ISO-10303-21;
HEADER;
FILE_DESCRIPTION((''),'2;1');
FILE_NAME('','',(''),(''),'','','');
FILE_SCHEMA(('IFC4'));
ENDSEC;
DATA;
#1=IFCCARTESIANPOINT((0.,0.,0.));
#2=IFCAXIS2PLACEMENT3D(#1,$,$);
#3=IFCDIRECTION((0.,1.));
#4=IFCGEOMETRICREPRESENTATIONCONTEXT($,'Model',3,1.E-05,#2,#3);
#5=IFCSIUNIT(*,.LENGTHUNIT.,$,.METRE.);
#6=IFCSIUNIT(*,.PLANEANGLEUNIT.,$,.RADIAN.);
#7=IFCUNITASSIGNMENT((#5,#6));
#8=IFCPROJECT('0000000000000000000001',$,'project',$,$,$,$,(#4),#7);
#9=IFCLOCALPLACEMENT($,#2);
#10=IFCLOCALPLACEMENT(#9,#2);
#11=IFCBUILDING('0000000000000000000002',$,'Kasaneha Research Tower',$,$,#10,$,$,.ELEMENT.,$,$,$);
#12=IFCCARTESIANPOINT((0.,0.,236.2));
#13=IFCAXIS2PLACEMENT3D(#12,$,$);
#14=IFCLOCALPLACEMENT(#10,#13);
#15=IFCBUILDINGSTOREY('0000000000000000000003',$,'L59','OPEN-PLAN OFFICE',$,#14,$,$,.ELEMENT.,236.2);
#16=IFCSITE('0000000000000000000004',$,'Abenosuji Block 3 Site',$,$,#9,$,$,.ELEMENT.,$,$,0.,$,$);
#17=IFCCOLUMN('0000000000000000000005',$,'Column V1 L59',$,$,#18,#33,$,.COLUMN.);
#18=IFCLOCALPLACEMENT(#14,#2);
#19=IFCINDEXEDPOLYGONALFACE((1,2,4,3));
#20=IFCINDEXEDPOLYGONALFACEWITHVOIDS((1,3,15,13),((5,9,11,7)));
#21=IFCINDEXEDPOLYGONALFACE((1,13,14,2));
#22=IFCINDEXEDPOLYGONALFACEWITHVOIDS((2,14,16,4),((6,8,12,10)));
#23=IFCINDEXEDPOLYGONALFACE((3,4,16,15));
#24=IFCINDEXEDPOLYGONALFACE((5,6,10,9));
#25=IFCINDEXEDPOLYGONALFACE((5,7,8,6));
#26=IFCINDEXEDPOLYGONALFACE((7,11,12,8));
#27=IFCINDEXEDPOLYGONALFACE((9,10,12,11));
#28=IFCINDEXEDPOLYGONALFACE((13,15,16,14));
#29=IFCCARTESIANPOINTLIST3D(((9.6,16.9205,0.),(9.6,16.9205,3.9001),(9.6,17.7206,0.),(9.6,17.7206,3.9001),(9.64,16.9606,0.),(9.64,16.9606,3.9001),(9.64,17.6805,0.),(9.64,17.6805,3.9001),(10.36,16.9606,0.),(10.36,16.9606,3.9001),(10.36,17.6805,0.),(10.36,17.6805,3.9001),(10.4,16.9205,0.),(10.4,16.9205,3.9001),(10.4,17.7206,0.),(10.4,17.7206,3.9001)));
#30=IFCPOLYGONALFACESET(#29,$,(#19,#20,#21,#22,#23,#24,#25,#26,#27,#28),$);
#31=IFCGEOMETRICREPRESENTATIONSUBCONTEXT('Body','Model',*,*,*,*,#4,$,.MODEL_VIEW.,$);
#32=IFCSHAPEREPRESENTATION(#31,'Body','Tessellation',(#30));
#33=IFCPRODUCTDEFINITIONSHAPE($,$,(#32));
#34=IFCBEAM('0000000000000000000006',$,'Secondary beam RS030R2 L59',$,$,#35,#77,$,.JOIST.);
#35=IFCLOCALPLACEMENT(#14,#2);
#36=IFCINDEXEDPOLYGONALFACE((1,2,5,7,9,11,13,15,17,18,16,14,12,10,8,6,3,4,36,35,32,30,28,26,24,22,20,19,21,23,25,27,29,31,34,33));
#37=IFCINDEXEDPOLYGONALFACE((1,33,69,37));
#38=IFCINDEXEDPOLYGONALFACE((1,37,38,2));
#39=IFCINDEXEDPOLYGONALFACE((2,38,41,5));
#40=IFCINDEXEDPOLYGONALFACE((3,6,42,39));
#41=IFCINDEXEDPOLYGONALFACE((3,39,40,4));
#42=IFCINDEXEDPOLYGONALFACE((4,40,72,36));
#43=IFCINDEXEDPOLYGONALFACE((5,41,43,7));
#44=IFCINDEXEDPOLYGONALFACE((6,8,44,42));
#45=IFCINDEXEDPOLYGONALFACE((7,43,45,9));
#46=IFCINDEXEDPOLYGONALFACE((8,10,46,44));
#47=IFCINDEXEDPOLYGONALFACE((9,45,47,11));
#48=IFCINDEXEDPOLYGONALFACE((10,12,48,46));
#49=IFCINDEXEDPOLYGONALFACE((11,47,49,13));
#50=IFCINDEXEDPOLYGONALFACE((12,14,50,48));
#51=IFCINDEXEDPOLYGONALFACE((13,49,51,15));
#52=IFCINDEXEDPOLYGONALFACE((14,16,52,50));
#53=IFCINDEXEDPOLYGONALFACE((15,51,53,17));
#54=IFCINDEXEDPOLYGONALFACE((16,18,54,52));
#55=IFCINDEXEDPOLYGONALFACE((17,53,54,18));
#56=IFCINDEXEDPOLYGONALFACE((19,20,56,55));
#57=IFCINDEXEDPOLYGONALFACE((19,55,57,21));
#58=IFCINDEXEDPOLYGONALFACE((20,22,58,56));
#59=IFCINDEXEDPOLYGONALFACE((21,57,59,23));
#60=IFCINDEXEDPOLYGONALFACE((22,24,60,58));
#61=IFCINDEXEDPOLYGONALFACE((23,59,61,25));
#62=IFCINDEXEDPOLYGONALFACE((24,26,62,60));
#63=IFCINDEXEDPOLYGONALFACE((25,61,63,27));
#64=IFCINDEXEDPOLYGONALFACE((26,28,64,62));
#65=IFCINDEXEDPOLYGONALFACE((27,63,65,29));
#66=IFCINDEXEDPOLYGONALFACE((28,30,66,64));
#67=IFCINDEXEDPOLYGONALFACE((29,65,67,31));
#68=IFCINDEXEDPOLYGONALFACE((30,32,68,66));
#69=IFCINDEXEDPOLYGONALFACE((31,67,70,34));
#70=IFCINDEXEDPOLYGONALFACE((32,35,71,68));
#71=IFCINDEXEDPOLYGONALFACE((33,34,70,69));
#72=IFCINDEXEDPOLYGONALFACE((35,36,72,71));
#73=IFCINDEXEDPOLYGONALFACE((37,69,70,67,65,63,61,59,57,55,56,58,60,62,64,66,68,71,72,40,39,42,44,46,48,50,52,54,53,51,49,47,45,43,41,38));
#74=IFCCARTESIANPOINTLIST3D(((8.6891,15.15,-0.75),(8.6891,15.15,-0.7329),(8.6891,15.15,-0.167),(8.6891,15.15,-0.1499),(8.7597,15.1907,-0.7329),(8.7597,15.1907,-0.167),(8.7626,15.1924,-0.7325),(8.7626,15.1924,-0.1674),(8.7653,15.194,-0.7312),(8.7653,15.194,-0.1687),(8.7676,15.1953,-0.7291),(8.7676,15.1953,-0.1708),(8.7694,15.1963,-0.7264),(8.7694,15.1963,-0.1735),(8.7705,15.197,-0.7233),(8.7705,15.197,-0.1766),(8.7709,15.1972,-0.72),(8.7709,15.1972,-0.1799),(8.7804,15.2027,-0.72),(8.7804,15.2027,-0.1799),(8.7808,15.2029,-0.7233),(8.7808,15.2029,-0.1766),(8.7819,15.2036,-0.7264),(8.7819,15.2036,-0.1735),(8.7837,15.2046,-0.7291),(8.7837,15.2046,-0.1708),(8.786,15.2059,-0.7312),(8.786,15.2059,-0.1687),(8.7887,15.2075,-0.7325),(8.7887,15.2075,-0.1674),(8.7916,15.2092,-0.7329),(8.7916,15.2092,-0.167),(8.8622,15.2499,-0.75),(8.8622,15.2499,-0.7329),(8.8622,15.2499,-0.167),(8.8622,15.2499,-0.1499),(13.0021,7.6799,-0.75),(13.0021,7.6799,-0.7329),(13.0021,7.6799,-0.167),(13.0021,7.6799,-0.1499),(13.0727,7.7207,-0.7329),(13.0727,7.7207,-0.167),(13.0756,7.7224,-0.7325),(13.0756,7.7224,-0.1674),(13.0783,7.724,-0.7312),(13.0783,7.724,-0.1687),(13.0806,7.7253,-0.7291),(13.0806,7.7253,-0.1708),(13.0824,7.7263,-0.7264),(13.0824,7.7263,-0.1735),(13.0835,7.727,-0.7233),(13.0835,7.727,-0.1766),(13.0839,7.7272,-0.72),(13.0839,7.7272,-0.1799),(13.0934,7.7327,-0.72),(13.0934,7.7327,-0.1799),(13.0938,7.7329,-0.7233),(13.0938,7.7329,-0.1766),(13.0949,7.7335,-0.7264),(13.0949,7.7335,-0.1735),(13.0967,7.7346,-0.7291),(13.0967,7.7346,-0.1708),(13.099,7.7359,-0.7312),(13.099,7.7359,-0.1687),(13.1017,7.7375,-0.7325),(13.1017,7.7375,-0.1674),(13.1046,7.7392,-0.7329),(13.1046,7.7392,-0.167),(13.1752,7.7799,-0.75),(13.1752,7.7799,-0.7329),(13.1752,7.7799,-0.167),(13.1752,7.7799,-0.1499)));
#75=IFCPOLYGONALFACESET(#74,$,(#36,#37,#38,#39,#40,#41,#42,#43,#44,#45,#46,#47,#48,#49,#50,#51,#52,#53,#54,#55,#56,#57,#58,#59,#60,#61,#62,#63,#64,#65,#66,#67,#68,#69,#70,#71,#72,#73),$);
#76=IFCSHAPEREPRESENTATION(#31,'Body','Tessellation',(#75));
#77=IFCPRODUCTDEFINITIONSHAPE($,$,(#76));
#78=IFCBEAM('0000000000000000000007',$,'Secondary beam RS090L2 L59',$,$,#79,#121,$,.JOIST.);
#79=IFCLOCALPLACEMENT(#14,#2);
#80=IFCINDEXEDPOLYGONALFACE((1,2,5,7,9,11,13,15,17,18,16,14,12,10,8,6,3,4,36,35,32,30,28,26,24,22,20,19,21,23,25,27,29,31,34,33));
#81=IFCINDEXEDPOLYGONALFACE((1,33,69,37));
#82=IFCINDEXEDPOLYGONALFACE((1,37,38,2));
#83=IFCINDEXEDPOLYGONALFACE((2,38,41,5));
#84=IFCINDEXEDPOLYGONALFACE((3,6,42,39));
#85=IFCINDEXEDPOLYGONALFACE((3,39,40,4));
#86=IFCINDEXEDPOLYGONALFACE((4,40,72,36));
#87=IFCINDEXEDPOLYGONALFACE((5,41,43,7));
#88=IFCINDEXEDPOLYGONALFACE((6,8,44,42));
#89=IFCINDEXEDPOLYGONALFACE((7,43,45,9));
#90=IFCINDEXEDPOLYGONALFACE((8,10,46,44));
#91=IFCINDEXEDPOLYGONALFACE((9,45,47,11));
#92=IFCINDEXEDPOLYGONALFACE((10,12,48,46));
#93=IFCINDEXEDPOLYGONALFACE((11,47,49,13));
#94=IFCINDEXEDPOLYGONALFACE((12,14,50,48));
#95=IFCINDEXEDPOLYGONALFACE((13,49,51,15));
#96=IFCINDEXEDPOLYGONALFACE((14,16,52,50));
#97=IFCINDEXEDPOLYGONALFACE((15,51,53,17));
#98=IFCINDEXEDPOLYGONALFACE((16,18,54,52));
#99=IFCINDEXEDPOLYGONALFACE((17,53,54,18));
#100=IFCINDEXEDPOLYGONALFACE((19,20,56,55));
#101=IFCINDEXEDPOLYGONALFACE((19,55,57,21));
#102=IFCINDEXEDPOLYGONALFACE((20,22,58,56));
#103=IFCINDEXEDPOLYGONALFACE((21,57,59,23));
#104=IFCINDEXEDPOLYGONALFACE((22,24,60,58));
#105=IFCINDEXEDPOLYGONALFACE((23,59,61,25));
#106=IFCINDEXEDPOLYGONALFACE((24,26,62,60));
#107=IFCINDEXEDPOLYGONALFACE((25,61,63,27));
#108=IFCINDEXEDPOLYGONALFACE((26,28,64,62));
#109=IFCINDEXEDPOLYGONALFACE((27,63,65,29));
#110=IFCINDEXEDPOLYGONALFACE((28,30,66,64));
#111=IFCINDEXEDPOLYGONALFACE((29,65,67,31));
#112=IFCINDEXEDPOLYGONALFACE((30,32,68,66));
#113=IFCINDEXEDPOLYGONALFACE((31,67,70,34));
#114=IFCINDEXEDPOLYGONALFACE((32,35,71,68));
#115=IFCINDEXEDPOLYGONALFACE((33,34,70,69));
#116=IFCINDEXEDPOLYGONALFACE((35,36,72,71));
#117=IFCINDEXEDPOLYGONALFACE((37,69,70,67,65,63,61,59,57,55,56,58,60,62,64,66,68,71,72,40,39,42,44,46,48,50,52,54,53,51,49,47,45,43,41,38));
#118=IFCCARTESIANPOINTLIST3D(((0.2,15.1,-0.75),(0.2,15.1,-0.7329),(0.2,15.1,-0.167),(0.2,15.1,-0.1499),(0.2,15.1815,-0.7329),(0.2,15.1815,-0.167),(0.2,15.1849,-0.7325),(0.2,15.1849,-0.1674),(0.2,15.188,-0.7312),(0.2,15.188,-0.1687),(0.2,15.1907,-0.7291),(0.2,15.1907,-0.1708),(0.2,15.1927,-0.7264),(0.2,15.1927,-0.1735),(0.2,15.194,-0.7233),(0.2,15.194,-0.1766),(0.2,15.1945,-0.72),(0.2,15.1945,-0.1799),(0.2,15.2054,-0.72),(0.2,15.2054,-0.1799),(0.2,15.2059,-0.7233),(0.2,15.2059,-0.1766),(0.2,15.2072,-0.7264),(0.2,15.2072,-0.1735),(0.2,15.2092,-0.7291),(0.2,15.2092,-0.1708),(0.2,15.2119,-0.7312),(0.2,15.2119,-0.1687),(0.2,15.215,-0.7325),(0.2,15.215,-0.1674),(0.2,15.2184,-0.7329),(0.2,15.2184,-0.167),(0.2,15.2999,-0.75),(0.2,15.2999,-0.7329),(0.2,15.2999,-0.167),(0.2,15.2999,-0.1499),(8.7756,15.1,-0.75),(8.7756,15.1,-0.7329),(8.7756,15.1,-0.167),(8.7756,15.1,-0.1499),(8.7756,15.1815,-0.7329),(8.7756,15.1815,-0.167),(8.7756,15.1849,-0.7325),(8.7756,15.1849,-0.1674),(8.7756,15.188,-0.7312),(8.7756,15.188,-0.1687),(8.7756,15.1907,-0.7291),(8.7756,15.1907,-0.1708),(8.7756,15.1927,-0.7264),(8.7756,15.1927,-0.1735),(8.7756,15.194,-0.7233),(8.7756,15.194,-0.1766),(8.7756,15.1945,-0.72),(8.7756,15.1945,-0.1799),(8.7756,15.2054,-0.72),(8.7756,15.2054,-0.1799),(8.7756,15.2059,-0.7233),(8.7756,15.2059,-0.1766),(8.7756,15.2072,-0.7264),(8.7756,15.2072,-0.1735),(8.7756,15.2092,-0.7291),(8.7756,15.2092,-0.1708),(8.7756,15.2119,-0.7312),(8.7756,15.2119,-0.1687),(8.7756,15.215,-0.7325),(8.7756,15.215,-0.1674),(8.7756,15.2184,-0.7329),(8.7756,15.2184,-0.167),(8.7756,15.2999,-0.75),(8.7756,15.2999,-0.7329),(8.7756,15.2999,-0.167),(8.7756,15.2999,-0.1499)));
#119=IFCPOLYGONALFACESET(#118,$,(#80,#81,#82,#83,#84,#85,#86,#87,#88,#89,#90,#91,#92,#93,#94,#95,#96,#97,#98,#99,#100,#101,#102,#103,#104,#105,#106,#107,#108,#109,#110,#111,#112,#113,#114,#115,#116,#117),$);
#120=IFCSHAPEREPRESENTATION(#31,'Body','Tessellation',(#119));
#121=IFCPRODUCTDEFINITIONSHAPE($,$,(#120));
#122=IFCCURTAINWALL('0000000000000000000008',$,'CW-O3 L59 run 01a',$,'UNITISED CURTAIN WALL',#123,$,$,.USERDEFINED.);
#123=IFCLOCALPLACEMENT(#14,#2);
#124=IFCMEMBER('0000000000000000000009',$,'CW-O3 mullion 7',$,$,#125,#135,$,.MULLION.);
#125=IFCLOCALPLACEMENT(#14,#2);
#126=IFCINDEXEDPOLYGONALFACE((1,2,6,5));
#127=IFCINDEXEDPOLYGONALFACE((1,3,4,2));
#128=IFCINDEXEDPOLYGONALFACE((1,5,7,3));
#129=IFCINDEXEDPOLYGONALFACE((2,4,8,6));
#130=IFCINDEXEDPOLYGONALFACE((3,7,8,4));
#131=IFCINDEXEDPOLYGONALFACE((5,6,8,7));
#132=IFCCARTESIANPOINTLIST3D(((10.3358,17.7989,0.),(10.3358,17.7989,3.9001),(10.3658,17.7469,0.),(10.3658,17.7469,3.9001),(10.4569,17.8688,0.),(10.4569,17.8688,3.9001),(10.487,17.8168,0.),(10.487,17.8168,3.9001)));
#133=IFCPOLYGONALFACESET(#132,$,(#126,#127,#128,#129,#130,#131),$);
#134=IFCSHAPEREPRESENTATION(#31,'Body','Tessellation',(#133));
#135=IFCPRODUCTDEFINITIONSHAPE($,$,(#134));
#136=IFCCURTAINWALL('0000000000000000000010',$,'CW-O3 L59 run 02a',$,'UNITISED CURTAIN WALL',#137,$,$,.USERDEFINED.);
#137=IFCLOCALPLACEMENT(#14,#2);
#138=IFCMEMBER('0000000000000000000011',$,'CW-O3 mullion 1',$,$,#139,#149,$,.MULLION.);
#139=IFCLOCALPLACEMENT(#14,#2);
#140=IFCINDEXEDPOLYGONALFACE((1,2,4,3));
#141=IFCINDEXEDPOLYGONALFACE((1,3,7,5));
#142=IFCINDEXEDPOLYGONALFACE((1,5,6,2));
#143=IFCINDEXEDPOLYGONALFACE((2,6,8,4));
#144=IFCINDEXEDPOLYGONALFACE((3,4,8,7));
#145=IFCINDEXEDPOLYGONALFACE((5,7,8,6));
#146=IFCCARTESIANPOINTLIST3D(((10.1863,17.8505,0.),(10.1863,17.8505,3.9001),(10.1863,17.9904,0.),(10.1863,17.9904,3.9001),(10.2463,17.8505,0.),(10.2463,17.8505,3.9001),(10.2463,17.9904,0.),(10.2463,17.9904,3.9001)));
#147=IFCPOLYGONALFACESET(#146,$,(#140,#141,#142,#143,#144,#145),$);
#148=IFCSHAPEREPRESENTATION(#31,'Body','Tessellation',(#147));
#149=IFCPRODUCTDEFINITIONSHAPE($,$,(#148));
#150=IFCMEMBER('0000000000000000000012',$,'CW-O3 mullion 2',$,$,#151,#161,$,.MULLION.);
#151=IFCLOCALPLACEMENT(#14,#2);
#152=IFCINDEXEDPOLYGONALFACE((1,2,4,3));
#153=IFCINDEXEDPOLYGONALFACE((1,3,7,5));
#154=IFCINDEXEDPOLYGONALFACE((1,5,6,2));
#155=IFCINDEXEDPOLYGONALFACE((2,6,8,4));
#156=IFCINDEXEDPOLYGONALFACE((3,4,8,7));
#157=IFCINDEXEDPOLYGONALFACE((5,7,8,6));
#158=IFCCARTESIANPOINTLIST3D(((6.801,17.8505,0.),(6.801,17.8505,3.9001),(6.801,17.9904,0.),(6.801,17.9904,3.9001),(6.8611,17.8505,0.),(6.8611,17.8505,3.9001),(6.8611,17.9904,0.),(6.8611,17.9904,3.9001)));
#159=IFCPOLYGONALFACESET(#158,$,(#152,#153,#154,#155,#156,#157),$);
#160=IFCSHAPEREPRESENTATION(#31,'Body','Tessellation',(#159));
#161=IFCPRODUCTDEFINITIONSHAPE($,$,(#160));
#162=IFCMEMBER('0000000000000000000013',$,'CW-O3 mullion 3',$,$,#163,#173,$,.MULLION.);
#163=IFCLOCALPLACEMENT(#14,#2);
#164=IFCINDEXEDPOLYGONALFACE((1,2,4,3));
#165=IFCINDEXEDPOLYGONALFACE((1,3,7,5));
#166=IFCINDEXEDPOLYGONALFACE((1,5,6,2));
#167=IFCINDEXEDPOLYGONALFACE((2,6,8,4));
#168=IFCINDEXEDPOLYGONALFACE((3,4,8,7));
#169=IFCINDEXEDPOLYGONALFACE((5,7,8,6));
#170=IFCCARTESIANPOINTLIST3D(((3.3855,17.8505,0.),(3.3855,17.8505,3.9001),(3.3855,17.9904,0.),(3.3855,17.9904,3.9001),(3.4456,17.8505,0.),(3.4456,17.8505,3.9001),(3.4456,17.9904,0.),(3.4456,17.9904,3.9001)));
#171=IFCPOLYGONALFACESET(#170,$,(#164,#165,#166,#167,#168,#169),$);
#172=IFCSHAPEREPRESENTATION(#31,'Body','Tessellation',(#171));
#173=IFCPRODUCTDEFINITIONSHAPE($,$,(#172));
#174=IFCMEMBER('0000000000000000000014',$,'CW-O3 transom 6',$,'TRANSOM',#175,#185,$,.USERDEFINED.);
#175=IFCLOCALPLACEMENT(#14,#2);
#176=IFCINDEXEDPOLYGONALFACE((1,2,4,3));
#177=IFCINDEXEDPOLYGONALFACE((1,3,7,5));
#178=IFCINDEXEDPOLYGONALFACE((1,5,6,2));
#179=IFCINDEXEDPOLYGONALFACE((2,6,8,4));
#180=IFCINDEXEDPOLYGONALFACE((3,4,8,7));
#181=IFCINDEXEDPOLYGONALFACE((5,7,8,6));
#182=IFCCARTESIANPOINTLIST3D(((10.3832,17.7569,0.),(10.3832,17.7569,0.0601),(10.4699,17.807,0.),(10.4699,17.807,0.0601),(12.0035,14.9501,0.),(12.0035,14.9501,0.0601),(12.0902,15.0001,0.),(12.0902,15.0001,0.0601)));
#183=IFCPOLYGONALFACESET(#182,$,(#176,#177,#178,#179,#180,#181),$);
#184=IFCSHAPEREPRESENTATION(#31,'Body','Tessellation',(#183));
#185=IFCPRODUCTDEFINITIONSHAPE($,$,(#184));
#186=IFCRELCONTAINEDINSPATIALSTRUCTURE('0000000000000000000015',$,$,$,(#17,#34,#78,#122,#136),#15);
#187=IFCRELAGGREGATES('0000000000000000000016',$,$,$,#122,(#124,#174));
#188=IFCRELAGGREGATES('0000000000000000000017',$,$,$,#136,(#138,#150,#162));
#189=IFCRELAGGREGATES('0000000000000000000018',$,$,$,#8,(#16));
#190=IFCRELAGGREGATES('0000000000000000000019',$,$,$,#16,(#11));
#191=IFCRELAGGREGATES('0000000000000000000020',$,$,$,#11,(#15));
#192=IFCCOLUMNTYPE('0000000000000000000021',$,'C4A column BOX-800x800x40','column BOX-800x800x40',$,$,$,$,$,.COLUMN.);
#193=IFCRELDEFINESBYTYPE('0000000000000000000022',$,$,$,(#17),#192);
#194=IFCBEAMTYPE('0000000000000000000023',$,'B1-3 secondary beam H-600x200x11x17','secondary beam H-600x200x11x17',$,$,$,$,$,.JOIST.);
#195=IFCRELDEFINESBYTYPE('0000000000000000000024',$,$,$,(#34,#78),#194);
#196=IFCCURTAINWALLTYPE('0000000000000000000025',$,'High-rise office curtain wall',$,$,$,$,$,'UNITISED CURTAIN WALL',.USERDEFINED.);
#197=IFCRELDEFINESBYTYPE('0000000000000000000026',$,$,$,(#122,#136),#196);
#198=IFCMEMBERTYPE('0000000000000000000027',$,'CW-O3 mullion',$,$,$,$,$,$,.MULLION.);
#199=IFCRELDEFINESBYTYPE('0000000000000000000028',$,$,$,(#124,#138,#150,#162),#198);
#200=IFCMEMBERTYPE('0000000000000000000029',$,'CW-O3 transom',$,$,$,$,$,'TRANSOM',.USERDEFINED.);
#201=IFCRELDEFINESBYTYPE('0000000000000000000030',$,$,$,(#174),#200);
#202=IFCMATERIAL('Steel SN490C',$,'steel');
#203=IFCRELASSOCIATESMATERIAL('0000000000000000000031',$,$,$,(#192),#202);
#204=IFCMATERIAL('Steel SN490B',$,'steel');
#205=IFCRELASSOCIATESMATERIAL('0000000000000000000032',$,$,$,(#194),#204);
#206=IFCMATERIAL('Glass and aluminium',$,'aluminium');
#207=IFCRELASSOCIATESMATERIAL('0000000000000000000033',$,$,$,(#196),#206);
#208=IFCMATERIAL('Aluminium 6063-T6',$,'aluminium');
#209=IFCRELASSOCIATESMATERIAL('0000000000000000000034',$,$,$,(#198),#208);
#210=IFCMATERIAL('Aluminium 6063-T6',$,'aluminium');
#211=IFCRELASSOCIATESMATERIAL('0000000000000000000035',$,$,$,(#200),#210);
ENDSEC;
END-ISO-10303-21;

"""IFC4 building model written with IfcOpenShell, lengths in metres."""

from ifc_helpers import new_model, si_unit, direction, frame, origin, origin_2d, place, context, subcontext, project, spatial, rectangle, hollow_rectangle, i_section, extrude, material, material_profile, profile_set, type_object, element, aggregate, save


model = new_model("IFC4")

# Units and contexts
model_context = context("Model", 3, precision=1e-05, world=origin(), true_north=direction((0.0, 1.0)))
body_context = subcontext(model_context, "Body", "Model", "MODEL_VIEW")
ifc_project = project(units=[si_unit("LENGTHUNIT", "METRE"), si_unit("PLANEANGLEUNIT", "RADIAN")], contexts=[model_context])

# Site, building, storey
site_placement = place(None, origin())
site = spatial("IfcSite", under=ifc_project, at=site_placement, Name="Abenosuji Block 3 Site", CompositionType="ELEMENT", RefElevation=0.0)
building_placement = place(site_placement, origin())
building = spatial("IfcBuilding", under=site, at=building_placement, Name="Kasaneha Research Tower", CompositionType="ELEMENT")
storey_placement = place(building_placement, frame((0.0, 0.0, 236.2)))
storey = spatial("IfcBuildingStorey", under=building, at=storey_placement, Name="L59", Description="OPEN-PLAN OFFICE", CompositionType="ELEMENT", Elevation=236.2)

# Column
ifc_material_1 = material(Name="Steel SN490C", Category="steel")
ifc_material_profile_1 = material_profile(ifc_material_1, hollow_rectangle(XDim=0.8, YDim=0.8, WallThickness=0.04, at=origin_2d()), Name="BOX-800x800x40")
ifc_profile_set_1 = profile_set([ifc_material_profile_1], Name="Steel SN490C")
column_type = type_object("IfcColumnType", Name="C4A column BOX-800x800x40", Description="column BOX-800x800x40", PredefinedType="COLUMN", material=ifc_profile_set_1)
column_placement = place(storey_placement, frame((10.0, 17.3206, 0.0), z_axis=(0.0, 0.0, 1.0), x_axis=(1.0, 0.0, 0.0)))
element("IfcColumn", 1, at=column_placement, inside=storey, type_object=column_type, Name="Column V1 L59", PredefinedType="COLUMN", context=body_context, shape_type="SweptSolid", body=[
    extrude(hollow_rectangle(XDim=0.8, YDim=0.8, WallThickness=0.04, at=origin_2d()), origin(), (0.0, 0.0, 1.0), 3.9001),
])

# Beams
ifc_material_2 = material(Name="Steel SN490B", Category="steel")
ifc_material_profile_2 = material_profile(ifc_material_2, i_section(OverallWidth=0.2, OverallDepth=0.6001, WebThickness=0.011, FlangeThickness=0.0171, FilletRadius=0.0129, at=origin_2d()), Name="H-600x200x11x17")
ifc_profile_set_2 = profile_set([ifc_material_profile_2], Name="Steel SN490B")
beam_type_1 = type_object("IfcBeamType", Name="B1-3 secondary beam H-600x200x11x17", Description="secondary beam H-600x200x11x17", PredefinedType="JOIST", material=ifc_profile_set_2)
beam_1_placement = place(storey_placement, frame((8.7756, 15.2, -0.45), z_axis=(0.500017, -0.866015, 0.0), x_axis=(0.866015, 0.500017, 0.0)))
element("IfcBeam", 2, at=beam_1_placement, inside=storey, type_object=beam_type_1, Name="Secondary beam RS030R2 L59", PredefinedType="JOIST", context=body_context, shape_type="SweptSolid", body=[
    extrude(i_section(OverallWidth=0.2, OverallDepth=0.6001, WebThickness=0.011, FlangeThickness=0.0171, FilletRadius=0.0129, at=origin_2d()), origin(), (0.0, 0.0, 1.0), 8.6257),
])
beam_2_placement = place(storey_placement, frame((8.7756, 15.2, -0.45), z_axis=(-1.0, 0.0, 0.0), x_axis=(0.0, -1.0, 0.0)))
element("IfcBeam", 3, at=beam_2_placement, inside=storey, type_object=beam_type_1, Name="Secondary beam RS090L2 L59", PredefinedType="JOIST", context=body_context, shape_type="SweptSolid", body=[
    extrude(i_section(OverallWidth=0.2, OverallDepth=0.6001, WebThickness=0.011, FlangeThickness=0.0171, FilletRadius=0.0129, at=origin_2d()), origin(), (0.0, 0.0, 1.0), 8.5757),
])

# Curtain wall, member
ifc_material_3 = material(Name="Glass and aluminium", Category="aluminium")
curtain_wall_type = type_object("IfcCurtainWallType", Name="High-rise office curtain wall", ElementType="UNITISED CURTAIN WALL", PredefinedType="USERDEFINED", material=ifc_material_3)
curtain_wall_1_placement = place(storey_placement, origin())
curtain_wall_1 = element("IfcCurtainWall", 4, at=curtain_wall_1_placement, inside=storey, type_object=curtain_wall_type, Name="CW-O3 L59 run 01a", ObjectType="UNITISED CURTAIN WALL", PredefinedType="USERDEFINED")
ifc_material_4 = material(Name="Aluminium 6063-T6", Category="aluminium")
ifc_material_profile_3 = material_profile(ifc_material_4, rectangle(XDim=0.0601, YDim=0.1399, at=origin_2d()), Name="CW-O3 mullion 60x140")
ifc_profile_set_3 = profile_set([ifc_material_profile_3], Name="Aluminium 6063-T6")
member_type_1 = type_object("IfcMemberType", Name="CW-O3 mullion", PredefinedType="MULLION", material=ifc_profile_set_3)
member_1_placement = place(storey_placement, frame((10.4114, 17.8079, 0.0), z_axis=(0.0, 0.0, 1.0), x_axis=(-0.5, 0.866025, 0.0)))
member_1 = element("IfcMember", 5, at=member_1_placement, type_object=member_type_1, Name="CW-O3 mullion 7", PredefinedType="MULLION", context=body_context, shape_type="SweptSolid", body=[
    extrude(rectangle(XDim=0.0601, YDim=0.1399, at=origin_2d()), origin(), (0.0, 0.0, 1.0), 3.9001),
])

# Curtain wall, members
curtain_wall_2_placement = place(storey_placement, origin())
curtain_wall_2 = element("IfcCurtainWall", 6, at=curtain_wall_2_placement, inside=storey, type_object=curtain_wall_type, Name="CW-O3 L59 run 02a", ObjectType="UNITISED CURTAIN WALL", PredefinedType="USERDEFINED")
member_2_placement = place(storey_placement, frame((10.2163, 17.9204, 0.0), z_axis=(0.0, 0.0, 1.0), x_axis=(-1.0, 0.0, 0.0)))
member_2 = element("IfcMember", 7, at=member_2_placement, type_object=member_type_1, Name="CW-O3 mullion 1", PredefinedType="MULLION", context=body_context, shape_type="SweptSolid", body=[
    extrude(rectangle(XDim=0.0601, YDim=0.1399, at=origin_2d()), origin(), (0.0, 0.0, 1.0), 3.9001),
])
member_3_placement = place(storey_placement, frame((6.8311, 17.9204, 0.0), z_axis=(0.0, 0.0, 1.0), x_axis=(-1.0, 0.0, 0.0)))
member_3 = element("IfcMember", 8, at=member_3_placement, type_object=member_type_1, Name="CW-O3 mullion 2", PredefinedType="MULLION", context=body_context, shape_type="SweptSolid", body=[
    extrude(rectangle(XDim=0.0601, YDim=0.1399, at=origin_2d()), origin(), (0.0, 0.0, 1.0), 3.9001),
])
member_4_placement = place(storey_placement, frame((3.4155, 17.9204, 0.0), z_axis=(0.0, 0.0, 1.0), x_axis=(-1.0, 0.0, 0.0)))
member_4 = element("IfcMember", 9, at=member_4_placement, type_object=member_type_1, Name="CW-O3 mullion 3", PredefinedType="MULLION", context=body_context, shape_type="SweptSolid", body=[
    extrude(rectangle(XDim=0.0601, YDim=0.1399, at=origin_2d()), origin(), (0.0, 0.0, 1.0), 3.9001),
])

# Member
ifc_material_5 = material(Name="Aluminium 6063-T6", Category="aluminium")
ifc_material_profile_4 = material_profile(ifc_material_5, rectangle(XDim=0.1001, YDim=0.0601, at=origin_2d()), Name="CW-O3 transom 100x60")
ifc_profile_set_4 = profile_set([ifc_material_profile_4], Name="Aluminium 6063-T6")
member_type_2 = type_object("IfcMemberType", Name="CW-O3 transom", ElementType="TRANSOM", PredefinedType="USERDEFINED", material=ifc_profile_set_4)
member_5_placement = place(storey_placement, frame((12.0469, 14.9751, 0.03), z_axis=(-0.499955, 0.866051, 0.0), x_axis=(-0.866051, -0.499955, 0.0)))
member_5 = element("IfcMember", 10, at=member_5_placement, type_object=member_type_2, Name="CW-O3 transom 6", ObjectType="TRANSOM", PredefinedType="USERDEFINED", context=body_context, shape_type="SweptSolid", body=[
    extrude(rectangle(XDim=0.1001, YDim=0.0601, at=origin_2d()), origin(), (0.0, 0.0, 1.0), 3.241),
])

aggregate(curtain_wall_1, [member_1, member_5])
aggregate(curtain_wall_2, [member_2, member_3, member_4])

save(model, "model.ifc")
